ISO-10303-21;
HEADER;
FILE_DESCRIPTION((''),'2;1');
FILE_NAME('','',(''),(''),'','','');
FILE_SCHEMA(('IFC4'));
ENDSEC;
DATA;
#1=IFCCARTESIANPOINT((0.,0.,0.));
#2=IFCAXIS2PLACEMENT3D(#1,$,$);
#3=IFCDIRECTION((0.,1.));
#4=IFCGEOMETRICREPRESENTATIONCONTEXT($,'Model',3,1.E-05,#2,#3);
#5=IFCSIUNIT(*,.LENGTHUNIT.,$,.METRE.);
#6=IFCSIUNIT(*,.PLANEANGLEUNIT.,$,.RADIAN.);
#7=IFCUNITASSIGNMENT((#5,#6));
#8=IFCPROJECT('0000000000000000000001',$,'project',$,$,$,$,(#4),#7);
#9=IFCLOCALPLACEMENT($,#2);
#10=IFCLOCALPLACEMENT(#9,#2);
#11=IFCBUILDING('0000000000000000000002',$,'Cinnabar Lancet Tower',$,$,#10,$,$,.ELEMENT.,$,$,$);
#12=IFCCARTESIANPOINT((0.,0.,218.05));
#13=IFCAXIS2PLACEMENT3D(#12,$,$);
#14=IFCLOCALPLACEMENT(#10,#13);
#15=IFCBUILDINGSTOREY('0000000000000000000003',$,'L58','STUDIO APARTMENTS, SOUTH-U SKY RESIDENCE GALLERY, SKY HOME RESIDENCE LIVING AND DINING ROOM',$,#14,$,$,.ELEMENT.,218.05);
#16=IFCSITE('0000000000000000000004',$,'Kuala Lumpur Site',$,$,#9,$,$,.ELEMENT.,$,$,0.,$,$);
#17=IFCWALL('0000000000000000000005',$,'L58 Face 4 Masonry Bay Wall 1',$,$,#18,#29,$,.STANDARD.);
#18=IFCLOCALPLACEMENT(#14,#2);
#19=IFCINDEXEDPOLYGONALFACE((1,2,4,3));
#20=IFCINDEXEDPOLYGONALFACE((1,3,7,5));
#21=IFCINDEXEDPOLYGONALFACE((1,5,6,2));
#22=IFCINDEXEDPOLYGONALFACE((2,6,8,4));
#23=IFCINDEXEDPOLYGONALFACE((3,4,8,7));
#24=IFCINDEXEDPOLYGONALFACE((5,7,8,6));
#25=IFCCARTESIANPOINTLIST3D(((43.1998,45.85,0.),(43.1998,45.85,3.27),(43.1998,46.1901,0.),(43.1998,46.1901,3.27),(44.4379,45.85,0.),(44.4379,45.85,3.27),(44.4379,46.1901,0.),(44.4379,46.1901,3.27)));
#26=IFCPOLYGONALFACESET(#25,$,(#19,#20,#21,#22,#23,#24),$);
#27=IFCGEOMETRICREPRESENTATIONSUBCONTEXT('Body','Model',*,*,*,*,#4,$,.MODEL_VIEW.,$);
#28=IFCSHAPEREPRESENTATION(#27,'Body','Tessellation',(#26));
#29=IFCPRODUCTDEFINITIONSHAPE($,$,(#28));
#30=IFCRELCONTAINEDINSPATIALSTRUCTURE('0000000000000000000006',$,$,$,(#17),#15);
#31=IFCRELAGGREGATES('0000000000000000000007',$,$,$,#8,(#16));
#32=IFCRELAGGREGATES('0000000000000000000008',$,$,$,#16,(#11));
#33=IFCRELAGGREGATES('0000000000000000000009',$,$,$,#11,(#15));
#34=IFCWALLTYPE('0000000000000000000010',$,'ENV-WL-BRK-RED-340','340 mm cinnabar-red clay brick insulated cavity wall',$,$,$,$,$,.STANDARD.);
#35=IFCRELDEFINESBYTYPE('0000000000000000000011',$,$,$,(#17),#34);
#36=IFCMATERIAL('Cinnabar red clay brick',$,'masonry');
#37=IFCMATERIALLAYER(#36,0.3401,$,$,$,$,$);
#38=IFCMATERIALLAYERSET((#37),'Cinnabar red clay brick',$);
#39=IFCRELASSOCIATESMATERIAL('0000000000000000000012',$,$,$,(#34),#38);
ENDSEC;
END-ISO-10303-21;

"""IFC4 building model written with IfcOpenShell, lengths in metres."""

from ifc_helpers import new_model, si_unit, direction, frame, frame_2d, origin, place, context, subcontext, project, spatial, rectangle, extrude, material, layer, layer_set, type_object, element, save


model = new_model("IFC4")

# Units and contexts
model_context = context("Model", 3, precision=1e-05, world=origin(), true_north=direction((0.0, 1.0)))
body_context = subcontext(model_context, "Body", "Model", "MODEL_VIEW")
ifc_project = project(units=[si_unit("LENGTHUNIT", "METRE"), si_unit("PLANEANGLEUNIT", "RADIAN")], contexts=[model_context])

# Site, building, storey
site_placement = place(None, origin())
site = spatial("IfcSite", under=ifc_project, at=site_placement, Name="Kuala Lumpur Site", CompositionType="ELEMENT", RefElevation=0.0)
building_placement = place(site_placement, origin())
building = spatial("IfcBuilding", under=site, at=building_placement, Name="Cinnabar Lancet Tower", CompositionType="ELEMENT")
storey_placement = place(building_placement, frame((0.0, 0.0, 218.05)))
storey = spatial("IfcBuildingStorey", under=building, at=storey_placement, Name="L58", Description="STUDIO APARTMENTS, SOUTH-U SKY RESIDENCE GALLERY, SKY HOME RESIDENCE LIVING AND DINING ROOM", CompositionType="ELEMENT", Elevation=218.05)

# Shared definitions
ifc_material_1 = material(Name="Cinnabar red clay brick", Category="masonry")
ifc_layer_1 = layer(ifc_material_1, 0.3401)
ifc_layer_set_1 = layer_set([ifc_layer_1], Name="Cinnabar red clay brick")
wall_type_1 = type_object("IfcWallType", Name="ENV-WL-BRK-RED-340", Description="340 mm cinnabar-red clay brick insulated cavity wall", PredefinedType="STANDARD", material=ifc_layer_set_1)

# Wall
wall_1_placement = place(storey_placement, frame((44.438, 46.02, 0.0), z_axis=(0.0, 0.0, 1.0), x_axis=(-1.0, 0.0, 0.0)))
element("IfcWall", 1, at=wall_1_placement, inside=storey, type_object=wall_type_1, Name="L58 Face 4 Masonry Bay Wall 1", PredefinedType="STANDARD", context=body_context, shape_type="SweptSolid", body=[
    extrude(rectangle(XDim=1.238, YDim=0.3401, at=frame_2d((0.6191, 0.0))), origin(), (0.0, 0.0, 1.0), 3.27),
])

save(model, "model.ifc")
